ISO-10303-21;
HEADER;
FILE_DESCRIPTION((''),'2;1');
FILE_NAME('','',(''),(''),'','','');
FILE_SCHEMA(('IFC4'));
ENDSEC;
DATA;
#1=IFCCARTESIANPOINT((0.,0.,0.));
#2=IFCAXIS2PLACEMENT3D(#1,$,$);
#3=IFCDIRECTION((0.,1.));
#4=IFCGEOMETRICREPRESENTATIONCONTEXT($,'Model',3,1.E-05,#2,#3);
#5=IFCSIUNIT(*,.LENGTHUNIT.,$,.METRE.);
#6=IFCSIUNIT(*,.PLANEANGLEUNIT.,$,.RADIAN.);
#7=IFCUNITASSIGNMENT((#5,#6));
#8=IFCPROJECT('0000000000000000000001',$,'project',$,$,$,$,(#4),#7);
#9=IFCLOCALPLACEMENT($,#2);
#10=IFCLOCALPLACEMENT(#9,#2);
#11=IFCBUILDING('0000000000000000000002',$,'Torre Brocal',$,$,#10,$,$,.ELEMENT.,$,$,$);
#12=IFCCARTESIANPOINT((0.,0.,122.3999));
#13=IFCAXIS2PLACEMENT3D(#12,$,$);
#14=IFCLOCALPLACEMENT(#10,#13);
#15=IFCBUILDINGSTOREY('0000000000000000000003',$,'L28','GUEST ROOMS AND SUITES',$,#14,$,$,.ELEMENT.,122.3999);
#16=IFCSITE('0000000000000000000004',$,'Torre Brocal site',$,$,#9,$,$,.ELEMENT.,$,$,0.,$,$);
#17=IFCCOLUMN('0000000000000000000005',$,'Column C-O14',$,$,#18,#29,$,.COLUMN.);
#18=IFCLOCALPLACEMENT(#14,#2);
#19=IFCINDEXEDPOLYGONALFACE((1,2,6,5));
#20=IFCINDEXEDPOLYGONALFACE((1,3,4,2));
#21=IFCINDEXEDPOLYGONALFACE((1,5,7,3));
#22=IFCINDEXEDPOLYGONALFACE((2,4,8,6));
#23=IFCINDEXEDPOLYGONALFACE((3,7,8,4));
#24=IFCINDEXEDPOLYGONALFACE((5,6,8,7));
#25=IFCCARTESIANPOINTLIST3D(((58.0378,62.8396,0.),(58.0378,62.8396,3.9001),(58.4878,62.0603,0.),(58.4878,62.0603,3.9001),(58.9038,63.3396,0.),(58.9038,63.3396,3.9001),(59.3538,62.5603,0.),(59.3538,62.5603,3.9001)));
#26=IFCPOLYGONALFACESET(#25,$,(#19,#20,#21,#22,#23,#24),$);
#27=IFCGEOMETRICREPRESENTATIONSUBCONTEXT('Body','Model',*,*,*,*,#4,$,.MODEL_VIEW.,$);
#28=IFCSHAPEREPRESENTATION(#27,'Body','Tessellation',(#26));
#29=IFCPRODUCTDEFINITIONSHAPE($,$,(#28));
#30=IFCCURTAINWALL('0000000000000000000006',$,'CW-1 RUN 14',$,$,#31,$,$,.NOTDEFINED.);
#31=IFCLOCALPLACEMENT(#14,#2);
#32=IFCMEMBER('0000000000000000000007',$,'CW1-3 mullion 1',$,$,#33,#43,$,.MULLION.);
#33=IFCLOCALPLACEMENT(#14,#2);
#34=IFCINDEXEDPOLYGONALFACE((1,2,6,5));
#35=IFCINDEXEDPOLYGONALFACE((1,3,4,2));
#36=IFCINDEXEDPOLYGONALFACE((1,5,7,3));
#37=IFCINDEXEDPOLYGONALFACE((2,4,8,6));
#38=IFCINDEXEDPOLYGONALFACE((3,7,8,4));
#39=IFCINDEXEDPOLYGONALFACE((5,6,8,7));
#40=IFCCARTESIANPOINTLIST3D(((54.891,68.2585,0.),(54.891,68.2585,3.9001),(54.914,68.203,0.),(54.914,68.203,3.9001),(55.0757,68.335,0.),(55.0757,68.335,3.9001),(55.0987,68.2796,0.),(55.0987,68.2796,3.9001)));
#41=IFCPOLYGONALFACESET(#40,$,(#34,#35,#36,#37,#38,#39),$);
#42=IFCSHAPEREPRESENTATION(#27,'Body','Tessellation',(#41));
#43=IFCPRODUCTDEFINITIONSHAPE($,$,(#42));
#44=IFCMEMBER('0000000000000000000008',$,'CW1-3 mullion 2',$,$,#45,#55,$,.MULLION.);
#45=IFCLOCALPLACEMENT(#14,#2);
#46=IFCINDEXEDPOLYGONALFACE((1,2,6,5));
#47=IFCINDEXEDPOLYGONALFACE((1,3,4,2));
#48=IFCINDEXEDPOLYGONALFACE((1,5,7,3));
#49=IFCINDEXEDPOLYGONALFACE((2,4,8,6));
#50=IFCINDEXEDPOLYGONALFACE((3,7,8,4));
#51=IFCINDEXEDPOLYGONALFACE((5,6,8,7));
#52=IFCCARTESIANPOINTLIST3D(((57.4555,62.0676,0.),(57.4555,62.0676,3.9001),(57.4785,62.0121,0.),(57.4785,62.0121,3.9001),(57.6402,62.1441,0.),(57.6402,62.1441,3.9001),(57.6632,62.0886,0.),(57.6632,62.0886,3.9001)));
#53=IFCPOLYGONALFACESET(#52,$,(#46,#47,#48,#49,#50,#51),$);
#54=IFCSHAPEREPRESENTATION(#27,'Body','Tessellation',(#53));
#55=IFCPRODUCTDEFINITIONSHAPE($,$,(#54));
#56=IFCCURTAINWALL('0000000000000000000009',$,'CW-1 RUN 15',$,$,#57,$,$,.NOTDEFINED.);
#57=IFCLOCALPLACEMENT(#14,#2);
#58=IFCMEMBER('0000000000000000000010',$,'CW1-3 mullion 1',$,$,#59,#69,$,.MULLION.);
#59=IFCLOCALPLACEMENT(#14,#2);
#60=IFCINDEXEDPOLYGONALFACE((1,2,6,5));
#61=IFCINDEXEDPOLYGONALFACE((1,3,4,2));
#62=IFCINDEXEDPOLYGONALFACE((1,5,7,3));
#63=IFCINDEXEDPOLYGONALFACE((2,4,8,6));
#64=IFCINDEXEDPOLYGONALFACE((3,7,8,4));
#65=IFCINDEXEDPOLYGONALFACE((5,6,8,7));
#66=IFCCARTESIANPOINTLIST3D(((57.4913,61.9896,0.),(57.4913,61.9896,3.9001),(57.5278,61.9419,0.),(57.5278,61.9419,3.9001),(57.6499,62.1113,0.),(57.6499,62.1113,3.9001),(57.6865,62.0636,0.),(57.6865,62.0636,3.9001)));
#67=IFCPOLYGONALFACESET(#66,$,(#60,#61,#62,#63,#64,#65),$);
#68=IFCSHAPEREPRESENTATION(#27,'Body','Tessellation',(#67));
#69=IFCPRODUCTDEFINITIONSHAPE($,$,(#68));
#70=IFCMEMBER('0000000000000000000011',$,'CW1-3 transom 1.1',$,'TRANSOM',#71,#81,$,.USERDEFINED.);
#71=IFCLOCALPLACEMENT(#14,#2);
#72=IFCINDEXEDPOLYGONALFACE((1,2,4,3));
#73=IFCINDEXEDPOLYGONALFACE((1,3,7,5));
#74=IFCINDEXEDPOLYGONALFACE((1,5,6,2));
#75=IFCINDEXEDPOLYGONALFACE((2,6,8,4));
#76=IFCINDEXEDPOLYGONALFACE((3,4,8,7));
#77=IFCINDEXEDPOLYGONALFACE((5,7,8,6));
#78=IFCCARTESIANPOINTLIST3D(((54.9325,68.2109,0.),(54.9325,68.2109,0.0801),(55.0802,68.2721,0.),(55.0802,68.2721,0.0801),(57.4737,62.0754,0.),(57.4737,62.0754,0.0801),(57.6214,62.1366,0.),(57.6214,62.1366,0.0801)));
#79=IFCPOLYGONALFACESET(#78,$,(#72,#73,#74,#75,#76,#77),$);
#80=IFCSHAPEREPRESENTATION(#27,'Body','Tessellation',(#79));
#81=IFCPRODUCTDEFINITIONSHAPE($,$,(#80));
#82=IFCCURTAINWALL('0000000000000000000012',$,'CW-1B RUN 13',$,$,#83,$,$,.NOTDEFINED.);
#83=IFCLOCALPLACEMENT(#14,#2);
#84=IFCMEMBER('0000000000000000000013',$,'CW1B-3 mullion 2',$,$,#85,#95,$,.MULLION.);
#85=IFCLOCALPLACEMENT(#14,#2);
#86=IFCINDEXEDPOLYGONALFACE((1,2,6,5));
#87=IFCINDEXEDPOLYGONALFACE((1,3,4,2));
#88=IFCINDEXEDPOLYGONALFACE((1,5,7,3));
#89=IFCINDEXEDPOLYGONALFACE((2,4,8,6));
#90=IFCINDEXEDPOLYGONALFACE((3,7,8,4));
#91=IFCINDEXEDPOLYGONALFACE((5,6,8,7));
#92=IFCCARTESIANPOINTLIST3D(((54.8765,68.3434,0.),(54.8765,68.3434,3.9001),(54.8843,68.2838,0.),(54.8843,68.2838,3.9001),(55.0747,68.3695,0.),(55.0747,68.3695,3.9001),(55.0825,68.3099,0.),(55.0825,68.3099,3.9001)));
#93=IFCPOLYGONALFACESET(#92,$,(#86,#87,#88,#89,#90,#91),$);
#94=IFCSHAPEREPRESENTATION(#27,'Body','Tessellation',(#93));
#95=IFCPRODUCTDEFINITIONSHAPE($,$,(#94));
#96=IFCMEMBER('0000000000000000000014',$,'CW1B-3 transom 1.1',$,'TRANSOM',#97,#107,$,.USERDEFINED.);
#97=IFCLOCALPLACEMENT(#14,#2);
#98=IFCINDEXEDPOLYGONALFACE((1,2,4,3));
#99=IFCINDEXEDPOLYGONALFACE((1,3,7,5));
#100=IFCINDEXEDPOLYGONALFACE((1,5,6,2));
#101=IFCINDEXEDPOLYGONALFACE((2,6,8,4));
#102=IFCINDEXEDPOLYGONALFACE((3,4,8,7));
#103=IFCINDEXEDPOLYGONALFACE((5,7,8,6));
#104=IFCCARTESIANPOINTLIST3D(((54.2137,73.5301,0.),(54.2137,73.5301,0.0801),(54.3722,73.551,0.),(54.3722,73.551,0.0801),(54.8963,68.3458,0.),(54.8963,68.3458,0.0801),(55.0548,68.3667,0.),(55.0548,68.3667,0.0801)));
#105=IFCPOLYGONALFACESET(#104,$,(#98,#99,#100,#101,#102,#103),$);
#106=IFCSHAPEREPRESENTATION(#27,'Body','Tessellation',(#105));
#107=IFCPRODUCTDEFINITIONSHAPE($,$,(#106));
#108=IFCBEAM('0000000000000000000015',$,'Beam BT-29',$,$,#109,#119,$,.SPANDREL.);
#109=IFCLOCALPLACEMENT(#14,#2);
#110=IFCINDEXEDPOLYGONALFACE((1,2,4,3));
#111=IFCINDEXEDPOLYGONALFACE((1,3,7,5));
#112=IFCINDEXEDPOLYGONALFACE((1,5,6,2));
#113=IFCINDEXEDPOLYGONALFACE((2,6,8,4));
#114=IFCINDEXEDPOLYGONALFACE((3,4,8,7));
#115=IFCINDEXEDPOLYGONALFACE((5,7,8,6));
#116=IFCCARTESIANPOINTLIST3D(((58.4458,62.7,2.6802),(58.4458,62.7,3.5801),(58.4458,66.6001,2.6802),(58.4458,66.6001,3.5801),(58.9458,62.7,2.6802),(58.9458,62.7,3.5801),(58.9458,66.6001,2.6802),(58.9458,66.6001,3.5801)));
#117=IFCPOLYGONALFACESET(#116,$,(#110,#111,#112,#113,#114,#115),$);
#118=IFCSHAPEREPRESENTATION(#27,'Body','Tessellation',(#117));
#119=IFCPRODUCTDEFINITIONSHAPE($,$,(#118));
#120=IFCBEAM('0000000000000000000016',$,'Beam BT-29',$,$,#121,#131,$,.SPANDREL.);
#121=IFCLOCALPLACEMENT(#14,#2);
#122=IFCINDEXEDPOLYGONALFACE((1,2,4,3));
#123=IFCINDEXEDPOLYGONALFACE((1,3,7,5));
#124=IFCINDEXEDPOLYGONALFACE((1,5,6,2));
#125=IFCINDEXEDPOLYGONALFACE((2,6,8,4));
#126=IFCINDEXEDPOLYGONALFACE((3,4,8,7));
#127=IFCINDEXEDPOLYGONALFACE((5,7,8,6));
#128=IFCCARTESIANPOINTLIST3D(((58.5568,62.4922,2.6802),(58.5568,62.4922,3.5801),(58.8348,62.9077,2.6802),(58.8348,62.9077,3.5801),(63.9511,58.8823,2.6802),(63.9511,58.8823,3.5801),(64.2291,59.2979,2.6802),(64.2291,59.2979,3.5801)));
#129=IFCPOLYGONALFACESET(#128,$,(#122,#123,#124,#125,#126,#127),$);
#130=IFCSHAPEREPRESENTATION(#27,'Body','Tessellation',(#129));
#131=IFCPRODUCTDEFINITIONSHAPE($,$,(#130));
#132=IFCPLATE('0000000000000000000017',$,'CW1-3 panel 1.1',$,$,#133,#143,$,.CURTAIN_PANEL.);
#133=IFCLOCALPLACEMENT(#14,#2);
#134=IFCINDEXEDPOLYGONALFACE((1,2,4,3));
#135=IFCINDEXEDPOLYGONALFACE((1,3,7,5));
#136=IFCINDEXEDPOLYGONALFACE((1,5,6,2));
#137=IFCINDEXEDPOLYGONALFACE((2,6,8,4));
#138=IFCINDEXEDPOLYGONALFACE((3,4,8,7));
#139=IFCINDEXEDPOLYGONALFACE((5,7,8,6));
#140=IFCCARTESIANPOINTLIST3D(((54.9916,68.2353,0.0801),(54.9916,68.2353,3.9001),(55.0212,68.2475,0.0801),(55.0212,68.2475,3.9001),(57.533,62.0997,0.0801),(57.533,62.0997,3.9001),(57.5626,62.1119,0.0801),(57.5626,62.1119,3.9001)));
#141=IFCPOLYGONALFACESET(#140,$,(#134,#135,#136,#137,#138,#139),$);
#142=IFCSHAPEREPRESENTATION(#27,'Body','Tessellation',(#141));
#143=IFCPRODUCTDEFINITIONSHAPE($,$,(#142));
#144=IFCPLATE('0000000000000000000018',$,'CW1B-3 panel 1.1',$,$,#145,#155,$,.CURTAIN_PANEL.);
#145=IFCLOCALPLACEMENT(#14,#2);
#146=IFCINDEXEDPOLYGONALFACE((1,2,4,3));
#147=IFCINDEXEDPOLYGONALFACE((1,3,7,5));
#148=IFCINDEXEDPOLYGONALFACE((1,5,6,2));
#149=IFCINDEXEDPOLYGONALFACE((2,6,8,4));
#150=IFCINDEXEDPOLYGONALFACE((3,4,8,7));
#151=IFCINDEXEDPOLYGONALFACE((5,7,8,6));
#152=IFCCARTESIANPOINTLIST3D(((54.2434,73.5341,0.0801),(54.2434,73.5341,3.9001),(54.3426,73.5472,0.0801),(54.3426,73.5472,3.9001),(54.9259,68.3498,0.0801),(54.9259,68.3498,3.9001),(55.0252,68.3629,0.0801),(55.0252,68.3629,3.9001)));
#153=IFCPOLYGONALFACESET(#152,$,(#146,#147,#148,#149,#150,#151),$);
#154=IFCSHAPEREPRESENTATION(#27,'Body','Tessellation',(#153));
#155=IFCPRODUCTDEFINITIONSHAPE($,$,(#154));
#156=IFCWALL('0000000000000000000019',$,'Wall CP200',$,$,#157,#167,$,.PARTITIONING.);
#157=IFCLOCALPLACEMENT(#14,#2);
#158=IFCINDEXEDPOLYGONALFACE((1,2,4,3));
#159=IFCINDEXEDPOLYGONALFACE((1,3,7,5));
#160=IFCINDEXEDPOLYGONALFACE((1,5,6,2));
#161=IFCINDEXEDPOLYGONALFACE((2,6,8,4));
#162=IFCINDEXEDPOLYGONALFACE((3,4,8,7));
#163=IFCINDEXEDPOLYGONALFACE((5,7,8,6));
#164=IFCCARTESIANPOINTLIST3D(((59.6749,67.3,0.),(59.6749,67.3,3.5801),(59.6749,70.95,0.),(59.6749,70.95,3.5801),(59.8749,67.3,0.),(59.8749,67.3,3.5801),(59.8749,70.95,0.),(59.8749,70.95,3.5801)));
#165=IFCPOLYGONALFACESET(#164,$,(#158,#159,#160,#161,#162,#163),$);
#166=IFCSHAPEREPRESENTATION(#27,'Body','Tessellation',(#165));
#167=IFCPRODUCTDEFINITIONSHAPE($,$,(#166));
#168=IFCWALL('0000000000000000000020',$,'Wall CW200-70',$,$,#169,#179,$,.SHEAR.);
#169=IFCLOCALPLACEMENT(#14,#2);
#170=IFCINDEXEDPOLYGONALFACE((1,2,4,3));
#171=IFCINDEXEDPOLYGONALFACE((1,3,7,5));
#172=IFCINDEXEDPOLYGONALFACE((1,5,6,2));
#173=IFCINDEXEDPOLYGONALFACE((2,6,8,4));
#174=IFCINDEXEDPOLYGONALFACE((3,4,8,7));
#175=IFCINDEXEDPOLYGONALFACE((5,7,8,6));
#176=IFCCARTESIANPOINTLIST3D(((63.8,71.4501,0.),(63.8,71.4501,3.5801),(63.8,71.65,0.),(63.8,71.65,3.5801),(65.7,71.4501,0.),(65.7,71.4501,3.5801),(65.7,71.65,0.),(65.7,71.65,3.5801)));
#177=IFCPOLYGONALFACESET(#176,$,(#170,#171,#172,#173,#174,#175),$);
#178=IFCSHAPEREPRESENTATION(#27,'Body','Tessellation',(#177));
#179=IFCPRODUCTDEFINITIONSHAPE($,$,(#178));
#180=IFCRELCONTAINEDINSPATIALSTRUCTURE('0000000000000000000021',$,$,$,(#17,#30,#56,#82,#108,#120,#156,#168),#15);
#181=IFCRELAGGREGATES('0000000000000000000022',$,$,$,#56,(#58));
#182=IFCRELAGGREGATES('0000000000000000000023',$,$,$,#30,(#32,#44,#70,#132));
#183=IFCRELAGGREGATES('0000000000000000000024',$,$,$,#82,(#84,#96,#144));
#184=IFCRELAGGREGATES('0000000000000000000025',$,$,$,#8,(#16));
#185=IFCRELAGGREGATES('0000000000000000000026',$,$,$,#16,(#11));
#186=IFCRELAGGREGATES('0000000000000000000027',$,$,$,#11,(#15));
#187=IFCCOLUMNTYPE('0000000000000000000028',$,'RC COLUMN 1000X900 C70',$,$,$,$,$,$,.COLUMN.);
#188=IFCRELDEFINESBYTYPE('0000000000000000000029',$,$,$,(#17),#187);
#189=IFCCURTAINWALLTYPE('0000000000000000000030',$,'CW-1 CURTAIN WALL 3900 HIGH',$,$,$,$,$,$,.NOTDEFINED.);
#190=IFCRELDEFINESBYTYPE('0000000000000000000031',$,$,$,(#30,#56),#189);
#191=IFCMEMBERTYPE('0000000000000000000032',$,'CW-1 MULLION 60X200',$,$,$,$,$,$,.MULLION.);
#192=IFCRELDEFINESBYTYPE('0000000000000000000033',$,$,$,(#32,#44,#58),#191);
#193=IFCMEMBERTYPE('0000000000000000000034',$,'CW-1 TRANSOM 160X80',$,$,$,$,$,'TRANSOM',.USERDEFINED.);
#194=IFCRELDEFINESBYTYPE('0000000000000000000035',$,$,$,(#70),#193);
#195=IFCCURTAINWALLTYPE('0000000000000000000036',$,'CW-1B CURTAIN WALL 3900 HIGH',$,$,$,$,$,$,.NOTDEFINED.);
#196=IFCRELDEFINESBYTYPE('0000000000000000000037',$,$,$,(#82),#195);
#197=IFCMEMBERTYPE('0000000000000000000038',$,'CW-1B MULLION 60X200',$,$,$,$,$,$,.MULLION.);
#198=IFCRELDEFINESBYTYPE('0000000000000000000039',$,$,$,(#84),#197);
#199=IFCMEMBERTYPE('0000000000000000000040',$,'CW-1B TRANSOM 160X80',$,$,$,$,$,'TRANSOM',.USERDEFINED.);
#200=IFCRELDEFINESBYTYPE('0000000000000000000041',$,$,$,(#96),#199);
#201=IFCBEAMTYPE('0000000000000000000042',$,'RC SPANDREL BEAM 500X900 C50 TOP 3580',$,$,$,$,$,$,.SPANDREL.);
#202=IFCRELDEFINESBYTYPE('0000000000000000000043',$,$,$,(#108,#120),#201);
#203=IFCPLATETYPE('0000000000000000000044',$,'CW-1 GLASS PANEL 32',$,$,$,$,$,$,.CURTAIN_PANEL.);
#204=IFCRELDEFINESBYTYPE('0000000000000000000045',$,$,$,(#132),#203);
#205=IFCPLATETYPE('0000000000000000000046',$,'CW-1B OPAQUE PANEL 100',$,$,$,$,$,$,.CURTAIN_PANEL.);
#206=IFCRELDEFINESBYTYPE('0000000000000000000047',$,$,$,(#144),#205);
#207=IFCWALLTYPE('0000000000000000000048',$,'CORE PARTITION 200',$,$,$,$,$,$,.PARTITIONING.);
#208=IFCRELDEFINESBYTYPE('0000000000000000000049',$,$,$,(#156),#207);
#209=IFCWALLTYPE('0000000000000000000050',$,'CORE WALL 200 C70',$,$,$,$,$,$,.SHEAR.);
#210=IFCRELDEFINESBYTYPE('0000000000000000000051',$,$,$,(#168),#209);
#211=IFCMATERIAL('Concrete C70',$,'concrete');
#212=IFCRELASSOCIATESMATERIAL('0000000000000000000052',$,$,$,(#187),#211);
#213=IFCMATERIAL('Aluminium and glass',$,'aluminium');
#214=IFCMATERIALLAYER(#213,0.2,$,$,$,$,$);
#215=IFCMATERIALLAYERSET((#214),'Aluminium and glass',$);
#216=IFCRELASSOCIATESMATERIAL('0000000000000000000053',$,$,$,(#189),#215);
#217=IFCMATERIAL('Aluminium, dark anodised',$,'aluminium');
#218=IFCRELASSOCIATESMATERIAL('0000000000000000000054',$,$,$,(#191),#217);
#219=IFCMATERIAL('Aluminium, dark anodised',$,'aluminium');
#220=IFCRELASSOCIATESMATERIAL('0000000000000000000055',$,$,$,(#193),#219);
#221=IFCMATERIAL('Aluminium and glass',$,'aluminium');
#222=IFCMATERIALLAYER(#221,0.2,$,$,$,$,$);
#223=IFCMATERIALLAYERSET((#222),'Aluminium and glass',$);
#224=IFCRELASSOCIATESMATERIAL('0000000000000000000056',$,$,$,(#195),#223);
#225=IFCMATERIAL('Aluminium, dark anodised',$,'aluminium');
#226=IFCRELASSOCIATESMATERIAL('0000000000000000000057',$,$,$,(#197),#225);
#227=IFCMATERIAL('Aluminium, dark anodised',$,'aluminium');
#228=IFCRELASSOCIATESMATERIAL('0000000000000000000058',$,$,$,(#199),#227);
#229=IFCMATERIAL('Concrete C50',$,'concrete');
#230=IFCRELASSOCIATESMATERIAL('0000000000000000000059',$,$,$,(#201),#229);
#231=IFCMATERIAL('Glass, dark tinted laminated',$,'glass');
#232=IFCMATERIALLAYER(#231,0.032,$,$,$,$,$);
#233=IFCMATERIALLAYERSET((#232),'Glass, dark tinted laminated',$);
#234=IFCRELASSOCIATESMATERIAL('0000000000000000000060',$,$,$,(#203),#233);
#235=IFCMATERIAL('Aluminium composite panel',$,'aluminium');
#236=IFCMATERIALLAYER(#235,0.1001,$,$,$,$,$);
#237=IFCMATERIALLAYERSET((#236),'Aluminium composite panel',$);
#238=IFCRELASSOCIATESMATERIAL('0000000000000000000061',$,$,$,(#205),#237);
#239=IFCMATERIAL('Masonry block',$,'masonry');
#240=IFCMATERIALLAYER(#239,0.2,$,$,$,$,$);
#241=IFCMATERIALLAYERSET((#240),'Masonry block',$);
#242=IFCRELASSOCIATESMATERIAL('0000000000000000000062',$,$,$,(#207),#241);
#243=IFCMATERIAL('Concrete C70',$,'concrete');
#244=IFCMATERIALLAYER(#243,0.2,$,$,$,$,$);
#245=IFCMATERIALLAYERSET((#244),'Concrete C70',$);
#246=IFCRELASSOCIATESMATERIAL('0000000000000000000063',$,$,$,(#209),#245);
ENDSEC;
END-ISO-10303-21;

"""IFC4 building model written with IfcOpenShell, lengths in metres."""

from ifc_helpers import new_model, si_unit, direction, frame, frame_2d, origin, origin_2d, place, context, subcontext, project, spatial, rectangle, extrude, material, layer, layer_set, material_profile, profile_set, type_object, element, aggregate, save


model = new_model("IFC4")

# Units and contexts
model_context = context("Model", 3, precision=1e-05, world=origin(), true_north=direction((0.0, 1.0)))
body_context = subcontext(model_context, "Body", "Model", "MODEL_VIEW")
ifc_project = project(units=[si_unit("LENGTHUNIT", "METRE"), si_unit("PLANEANGLEUNIT", "RADIAN")], contexts=[model_context])

# Site, building, storey
site_placement = place(None, origin())
site = spatial("IfcSite", under=ifc_project, at=site_placement, Name="Torre Brocal site", CompositionType="ELEMENT", RefElevation=0.0)
building_placement = place(site_placement, origin())
building = spatial("IfcBuilding", under=site, at=building_placement, Name="Torre Brocal", CompositionType="ELEMENT")
storey_placement = place(building_placement, frame((0.0, 0.0, 122.3999)))
storey = spatial("IfcBuildingStorey", under=building, at=storey_placement, Name="L28", Description="GUEST ROOMS AND SUITES", CompositionType="ELEMENT", Elevation=122.3999)

# Column
ifc_material_1 = material(Name="Concrete C70", Category="concrete")
ifc_material_profile_1 = material_profile(ifc_material_1, rectangle(XDim=1.0, YDim=0.8999, at=origin_2d()), Name="RC 1000X900")
ifc_profile_set_1 = profile_set([ifc_material_profile_1], Name="Concrete C70")
column_type = type_object("IfcColumnType", Name="RC COLUMN 1000X900 C70", PredefinedType="COLUMN", material=ifc_profile_set_1)
column_placement = place(storey_placement, frame((58.6958, 62.7, 0.0), z_axis=(0.0, 0.0, 1.0), x_axis=(-0.866025, -0.5, 0.0)))
element("IfcColumn", 1, at=column_placement, inside=storey, type_object=column_type, Name="Column C-O14", PredefinedType="COLUMN", context=body_context, shape_type="SweptSolid", body=[
    extrude(rectangle(XDim=1.0, YDim=0.8999, at=origin_2d()), origin(), (0.0, 0.0, 1.0), 3.9001),
])

# Curtain wall, members
ifc_material_2 = material(Name="Aluminium and glass", Category="aluminium")
ifc_layer_1 = layer(ifc_material_2, 0.2)
ifc_layer_set_1 = layer_set([ifc_layer_1], Name="Aluminium and glass")
curtain_wall_type_1 = type_object("IfcCurtainWallType", Name="CW-1 CURTAIN WALL 3900 HIGH", PredefinedType="NOTDEFINED", material=ifc_layer_set_1)
curtain_wall_1_placement = place(storey_placement, origin())
curtain_wall_1 = element("IfcCurtainWall", 2, at=curtain_wall_1_placement, inside=storey, type_object=curtain_wall_type_1, Name="CW-1 RUN 14", PredefinedType="NOTDEFINED")
ifc_material_3 = material(Name="Aluminium, dark anodised", Category="aluminium")
ifc_material_profile_2 = material_profile(ifc_material_3, rectangle(XDim=0.2, YDim=0.0601, at=origin_2d()), Name="CW-1 MULLION 60X200")
ifc_profile_set_2 = profile_set([ifc_material_profile_2], Name="Aluminium, dark anodised")
member_type_1 = type_object("IfcMemberType", Name="CW-1 MULLION 60X200", PredefinedType="MULLION", material=ifc_profile_set_2)
member_1_placement = place(storey_placement, frame((54.9949, 68.269, 0.0), z_axis=(0.0, 0.0, 1.0), x_axis=(0.92388, 0.382683, 0.0)))
member_1 = element("IfcMember", 3, at=member_1_placement, type_object=member_type_1, Name="CW1-3 mullion 1", PredefinedType="MULLION", context=body_context, shape_type="SweptSolid", body=[
    extrude(rectangle(XDim=0.2, YDim=0.0601, at=origin_2d()), origin(), (0.0, 0.0, 1.0), 3.9001),
])
member_2_placement = place(storey_placement, frame((57.5593, 62.0781, 0.0), z_axis=(0.0, 0.0, 1.0), x_axis=(0.92388, 0.382683, 0.0)))
member_2 = element("IfcMember", 4, at=member_2_placement, type_object=member_type_1, Name="CW1-3 mullion 2", PredefinedType="MULLION", context=body_context, shape_type="SweptSolid", body=[
    extrude(rectangle(XDim=0.2, YDim=0.0601, at=origin_2d()), origin(), (0.0, 0.0, 1.0), 3.9001),
])

# Curtain wall, member
curtain_wall_2_placement = place(storey_placement, origin())
curtain_wall_2 = element("IfcCurtainWall", 5, at=curtain_wall_2_placement, inside=storey, type_object=curtain_wall_type_1, Name="CW-1 RUN 15", PredefinedType="NOTDEFINED")
member_3_placement = place(storey_placement, frame((57.5889, 62.0266, 0.0), z_axis=(0.0, 0.0, 1.0), x_axis=(0.793353, 0.608761, 0.0)))
member_3 = element("IfcMember", 6, at=member_3_placement, type_object=member_type_1, Name="CW1-3 mullion 1", PredefinedType="MULLION", context=body_context, shape_type="SweptSolid", body=[
    extrude(rectangle(XDim=0.2, YDim=0.0601, at=origin_2d()), origin(), (0.0, 0.0, 1.0), 3.9001),
])
aggregate(curtain_wall_2, [member_3])

# Member
ifc_material_4 = material(Name="Aluminium, dark anodised", Category="aluminium")
ifc_material_profile_3 = material_profile(ifc_material_4, rectangle(XDim=0.1599, YDim=0.0801, at=origin_2d()), Name="CW-1 TRANSOM 160X80")
ifc_profile_set_3 = profile_set([ifc_material_profile_3], Name="Aluminium, dark anodised")
member_type_2 = type_object("IfcMemberType", Name="CW-1 TRANSOM 160X80", ElementType="TRANSOM", PredefinedType="USERDEFINED", material=ifc_profile_set_3)
member_4_placement = place(storey_placement, frame((55.0063, 68.2415, 0.04), z_axis=(0.382665, -0.923887, 0.0), x_axis=(0.923887, 0.382665, 0.0)))
member_4 = element("IfcMember", 7, at=member_4_placement, type_object=member_type_2, Name="CW1-3 transom 1.1", ObjectType="TRANSOM", PredefinedType="USERDEFINED", context=body_context, shape_type="SweptSolid", body=[
    extrude(rectangle(XDim=0.1599, YDim=0.0801, at=origin_2d()), origin(), (0.0, 0.0, 1.0), 6.6409),
])

# Curtain wall, members
ifc_material_5 = material(Name="Aluminium and glass", Category="aluminium")
ifc_layer_2 = layer(ifc_material_5, 0.2)
ifc_layer_set_2 = layer_set([ifc_layer_2], Name="Aluminium and glass")
curtain_wall_type_2 = type_object("IfcCurtainWallType", Name="CW-1B CURTAIN WALL 3900 HIGH", PredefinedType="NOTDEFINED", material=ifc_layer_set_2)
curtain_wall_3_placement = place(storey_placement, origin())
curtain_wall_3 = element("IfcCurtainWall", 8, at=curtain_wall_3_placement, inside=storey, type_object=curtain_wall_type_2, Name="CW-1B RUN 13", PredefinedType="NOTDEFINED")
ifc_material_6 = material(Name="Aluminium, dark anodised", Category="aluminium")
ifc_material_profile_4 = material_profile(ifc_material_6, rectangle(XDim=0.2, YDim=0.0601, at=origin_2d()), Name="CW-1B MULLION 60X200")
ifc_profile_set_4 = profile_set([ifc_material_profile_4], Name="Aluminium, dark anodised")
member_type_3 = type_object("IfcMemberType", Name="CW-1B MULLION 60X200", PredefinedType="MULLION", material=ifc_profile_set_4)
member_5_placement = place(storey_placement, frame((54.9795, 68.3267, 0.0), z_axis=(0.0, 0.0, 1.0), x_axis=(0.991445, 0.130526, 0.0)))
member_5 = element("IfcMember", 9, at=member_5_placement, type_object=member_type_3, Name="CW1B-3 mullion 2", PredefinedType="MULLION", context=body_context, shape_type="SweptSolid", body=[
    extrude(rectangle(XDim=0.2, YDim=0.0601, at=origin_2d()), origin(), (0.0, 0.0, 1.0), 3.9001),
])
ifc_material_7 = material(Name="Aluminium, dark anodised", Category="aluminium")
ifc_material_profile_5 = material_profile(ifc_material_7, rectangle(XDim=0.1599, YDim=0.0801, at=origin_2d()), Name="CW-1B TRANSOM 160X80")
ifc_profile_set_5 = profile_set([ifc_material_profile_5], Name="Aluminium, dark anodised")
member_type_4 = type_object("IfcMemberType", Name="CW-1B TRANSOM 160X80", ElementType="TRANSOM", PredefinedType="USERDEFINED", material=ifc_profile_set_5)
member_6_placement = place(storey_placement, frame((54.293, 73.5405, 0.04), z_axis=(0.130543, -0.991443, 0.0), x_axis=(0.991443, 0.130543, 0.0)))
member_6 = element("IfcMember", 10, at=member_6_placement, type_object=member_type_4, Name="CW1B-3 transom 1.1", ObjectType="TRANSOM", PredefinedType="USERDEFINED", context=body_context, shape_type="SweptSolid", body=[
    extrude(rectangle(XDim=0.1599, YDim=0.0801, at=origin_2d()), origin(), (0.0, 0.0, 1.0), 5.229),
])

# Beams
ifc_material_8 = material(Name="Concrete C50", Category="concrete")
ifc_material_profile_6 = material_profile(ifc_material_8, rectangle(XDim=0.5, YDim=0.8999, at=origin_2d()), Name="RC 500X900")
ifc_profile_set_6 = profile_set([ifc_material_profile_6], Name="Concrete C50")
beam_type = type_object("IfcBeamType", Name="RC SPANDREL BEAM 500X900 C50 TOP 3580", PredefinedType="SPANDREL", material=ifc_profile_set_6)
beam_1_placement = place(storey_placement, frame((58.6958, 62.7, 3.1301), z_axis=(0.0, 1.0, 0.0), x_axis=(-1.0, 0.0, 0.0)))
element("IfcBeam", 11, at=beam_1_placement, inside=storey, type_object=beam_type, Name="Beam BT-29", PredefinedType="SPANDREL", context=body_context, shape_type="SweptSolid", body=[
    extrude(rectangle(XDim=0.5, YDim=0.8999, at=origin_2d()), origin(), (0.0, 0.0, 1.0), 3.9001),
])
beam_2_placement = place(storey_placement, frame((58.6958, 62.7, 3.1301), z_axis=(0.831077, -0.556158, 0.0), x_axis=(0.556158, 0.831077, 0.0)))
element("IfcBeam", 12, at=beam_2_placement, inside=storey, type_object=beam_type, Name="Beam BT-29", PredefinedType="SPANDREL", context=body_context, shape_type="SweptSolid", body=[
    extrude(rectangle(XDim=0.5, YDim=0.8999, at=origin_2d()), origin(), (0.0, 0.0, 1.0), 6.4907),
])

# Plates
ifc_material_9 = material(Name="Glass, dark tinted laminated", Category="glass")
ifc_layer_3 = layer(ifc_material_9, 0.032)
ifc_layer_set_3 = layer_set([ifc_layer_3], Name="Glass, dark tinted laminated")
plate_type_1 = type_object("IfcPlateType", Name="CW-1 GLASS PANEL 32", PredefinedType="CURTAIN_PANEL", material=ifc_layer_set_3)
plate_1_placement = place(storey_placement, frame((56.2771, 65.1736, 0.0801), z_axis=(0.0, 0.0, 1.0), x_axis=(0.382683, -0.92388, 0.0)))
plate_1 = element("IfcPlate", 13, at=plate_1_placement, type_object=plate_type_1, Name="CW1-3 panel 1.1", PredefinedType="CURTAIN_PANEL", context=body_context, shape_type="SweptSolid", body=[
    extrude(rectangle(XDim=6.6411, YDim=0.032, at=origin_2d()), origin(), (0.0, 0.0, 1.0), 3.8201),
])
aggregate(curtain_wall_1, [member_1, member_2, member_4, plate_1])
ifc_material_10 = material(Name="Aluminium composite panel", Category="aluminium")
ifc_layer_4 = layer(ifc_material_10, 0.1001)
ifc_layer_set_4 = layer_set([ifc_layer_4], Name="Aluminium composite panel")
plate_type_2 = type_object("IfcPlateType", Name="CW-1B OPAQUE PANEL 100", PredefinedType="CURTAIN_PANEL", material=ifc_layer_set_4)
plate_2_placement = place(storey_placement, frame((54.6343, 70.9485, 0.0801), z_axis=(0.0, 0.0, 1.0), x_axis=(0.130526, -0.991445, 0.0)))
plate_2 = element("IfcPlate", 14, at=plate_2_placement, type_object=plate_type_2, Name="CW1B-3 panel 1.1", PredefinedType="CURTAIN_PANEL", context=body_context, shape_type="SweptSolid", body=[
    extrude(rectangle(XDim=5.229, YDim=0.1001, at=origin_2d()), origin(), (0.0, 0.0, 1.0), 3.8201),
])
aggregate(curtain_wall_3, [member_5, member_6, plate_2])

# Walls
ifc_material_11 = material(Name="Masonry block", Category="masonry")
ifc_layer_5 = layer(ifc_material_11, 0.2)
ifc_layer_set_5 = layer_set([ifc_layer_5], Name="Masonry block")
wall_type_1 = type_object("IfcWallType", Name="CORE PARTITION 200", PredefinedType="PARTITIONING", material=ifc_layer_set_5)
wall_1_placement = place(storey_placement, frame((59.7749, 70.95, 0.0), z_axis=(0.0, 0.0, 1.0), x_axis=(0.0, -1.0, 0.0)))
element("IfcWall", 15, at=wall_1_placement, inside=storey, type_object=wall_type_1, Name="Wall CP200", PredefinedType="PARTITIONING", context=body_context, shape_type="SweptSolid", body=[
    extrude(rectangle(XDim=3.6499, YDim=0.2, at=frame_2d((1.825, 0.0))), origin(), (0.0, 0.0, 1.0), 3.5801),
])
ifc_material_12 = material(Name="Concrete C70", Category="concrete")
ifc_layer_6 = layer(ifc_material_12, 0.2)
ifc_layer_set_6 = layer_set([ifc_layer_6], Name="Concrete C70")
wall_type_2 = type_object("IfcWallType", Name="CORE WALL 200 C70", PredefinedType="SHEAR", material=ifc_layer_set_6)
wall_2_placement = place(storey_placement, frame((65.7, 71.55, 0.0), z_axis=(0.0, 0.0, 1.0), x_axis=(-1.0, 0.0, 0.0)))
element("IfcWall", 16, at=wall_2_placement, inside=storey, type_object=wall_type_2, Name="Wall CW200-70", PredefinedType="SHEAR", context=body_context, shape_type="SweptSolid", body=[
    extrude(rectangle(XDim=1.8999, YDim=0.2, at=frame_2d((0.95, 0.0))), origin(), (0.0, 0.0, 1.0), 3.5801),
])

save(model, "model.ifc")
